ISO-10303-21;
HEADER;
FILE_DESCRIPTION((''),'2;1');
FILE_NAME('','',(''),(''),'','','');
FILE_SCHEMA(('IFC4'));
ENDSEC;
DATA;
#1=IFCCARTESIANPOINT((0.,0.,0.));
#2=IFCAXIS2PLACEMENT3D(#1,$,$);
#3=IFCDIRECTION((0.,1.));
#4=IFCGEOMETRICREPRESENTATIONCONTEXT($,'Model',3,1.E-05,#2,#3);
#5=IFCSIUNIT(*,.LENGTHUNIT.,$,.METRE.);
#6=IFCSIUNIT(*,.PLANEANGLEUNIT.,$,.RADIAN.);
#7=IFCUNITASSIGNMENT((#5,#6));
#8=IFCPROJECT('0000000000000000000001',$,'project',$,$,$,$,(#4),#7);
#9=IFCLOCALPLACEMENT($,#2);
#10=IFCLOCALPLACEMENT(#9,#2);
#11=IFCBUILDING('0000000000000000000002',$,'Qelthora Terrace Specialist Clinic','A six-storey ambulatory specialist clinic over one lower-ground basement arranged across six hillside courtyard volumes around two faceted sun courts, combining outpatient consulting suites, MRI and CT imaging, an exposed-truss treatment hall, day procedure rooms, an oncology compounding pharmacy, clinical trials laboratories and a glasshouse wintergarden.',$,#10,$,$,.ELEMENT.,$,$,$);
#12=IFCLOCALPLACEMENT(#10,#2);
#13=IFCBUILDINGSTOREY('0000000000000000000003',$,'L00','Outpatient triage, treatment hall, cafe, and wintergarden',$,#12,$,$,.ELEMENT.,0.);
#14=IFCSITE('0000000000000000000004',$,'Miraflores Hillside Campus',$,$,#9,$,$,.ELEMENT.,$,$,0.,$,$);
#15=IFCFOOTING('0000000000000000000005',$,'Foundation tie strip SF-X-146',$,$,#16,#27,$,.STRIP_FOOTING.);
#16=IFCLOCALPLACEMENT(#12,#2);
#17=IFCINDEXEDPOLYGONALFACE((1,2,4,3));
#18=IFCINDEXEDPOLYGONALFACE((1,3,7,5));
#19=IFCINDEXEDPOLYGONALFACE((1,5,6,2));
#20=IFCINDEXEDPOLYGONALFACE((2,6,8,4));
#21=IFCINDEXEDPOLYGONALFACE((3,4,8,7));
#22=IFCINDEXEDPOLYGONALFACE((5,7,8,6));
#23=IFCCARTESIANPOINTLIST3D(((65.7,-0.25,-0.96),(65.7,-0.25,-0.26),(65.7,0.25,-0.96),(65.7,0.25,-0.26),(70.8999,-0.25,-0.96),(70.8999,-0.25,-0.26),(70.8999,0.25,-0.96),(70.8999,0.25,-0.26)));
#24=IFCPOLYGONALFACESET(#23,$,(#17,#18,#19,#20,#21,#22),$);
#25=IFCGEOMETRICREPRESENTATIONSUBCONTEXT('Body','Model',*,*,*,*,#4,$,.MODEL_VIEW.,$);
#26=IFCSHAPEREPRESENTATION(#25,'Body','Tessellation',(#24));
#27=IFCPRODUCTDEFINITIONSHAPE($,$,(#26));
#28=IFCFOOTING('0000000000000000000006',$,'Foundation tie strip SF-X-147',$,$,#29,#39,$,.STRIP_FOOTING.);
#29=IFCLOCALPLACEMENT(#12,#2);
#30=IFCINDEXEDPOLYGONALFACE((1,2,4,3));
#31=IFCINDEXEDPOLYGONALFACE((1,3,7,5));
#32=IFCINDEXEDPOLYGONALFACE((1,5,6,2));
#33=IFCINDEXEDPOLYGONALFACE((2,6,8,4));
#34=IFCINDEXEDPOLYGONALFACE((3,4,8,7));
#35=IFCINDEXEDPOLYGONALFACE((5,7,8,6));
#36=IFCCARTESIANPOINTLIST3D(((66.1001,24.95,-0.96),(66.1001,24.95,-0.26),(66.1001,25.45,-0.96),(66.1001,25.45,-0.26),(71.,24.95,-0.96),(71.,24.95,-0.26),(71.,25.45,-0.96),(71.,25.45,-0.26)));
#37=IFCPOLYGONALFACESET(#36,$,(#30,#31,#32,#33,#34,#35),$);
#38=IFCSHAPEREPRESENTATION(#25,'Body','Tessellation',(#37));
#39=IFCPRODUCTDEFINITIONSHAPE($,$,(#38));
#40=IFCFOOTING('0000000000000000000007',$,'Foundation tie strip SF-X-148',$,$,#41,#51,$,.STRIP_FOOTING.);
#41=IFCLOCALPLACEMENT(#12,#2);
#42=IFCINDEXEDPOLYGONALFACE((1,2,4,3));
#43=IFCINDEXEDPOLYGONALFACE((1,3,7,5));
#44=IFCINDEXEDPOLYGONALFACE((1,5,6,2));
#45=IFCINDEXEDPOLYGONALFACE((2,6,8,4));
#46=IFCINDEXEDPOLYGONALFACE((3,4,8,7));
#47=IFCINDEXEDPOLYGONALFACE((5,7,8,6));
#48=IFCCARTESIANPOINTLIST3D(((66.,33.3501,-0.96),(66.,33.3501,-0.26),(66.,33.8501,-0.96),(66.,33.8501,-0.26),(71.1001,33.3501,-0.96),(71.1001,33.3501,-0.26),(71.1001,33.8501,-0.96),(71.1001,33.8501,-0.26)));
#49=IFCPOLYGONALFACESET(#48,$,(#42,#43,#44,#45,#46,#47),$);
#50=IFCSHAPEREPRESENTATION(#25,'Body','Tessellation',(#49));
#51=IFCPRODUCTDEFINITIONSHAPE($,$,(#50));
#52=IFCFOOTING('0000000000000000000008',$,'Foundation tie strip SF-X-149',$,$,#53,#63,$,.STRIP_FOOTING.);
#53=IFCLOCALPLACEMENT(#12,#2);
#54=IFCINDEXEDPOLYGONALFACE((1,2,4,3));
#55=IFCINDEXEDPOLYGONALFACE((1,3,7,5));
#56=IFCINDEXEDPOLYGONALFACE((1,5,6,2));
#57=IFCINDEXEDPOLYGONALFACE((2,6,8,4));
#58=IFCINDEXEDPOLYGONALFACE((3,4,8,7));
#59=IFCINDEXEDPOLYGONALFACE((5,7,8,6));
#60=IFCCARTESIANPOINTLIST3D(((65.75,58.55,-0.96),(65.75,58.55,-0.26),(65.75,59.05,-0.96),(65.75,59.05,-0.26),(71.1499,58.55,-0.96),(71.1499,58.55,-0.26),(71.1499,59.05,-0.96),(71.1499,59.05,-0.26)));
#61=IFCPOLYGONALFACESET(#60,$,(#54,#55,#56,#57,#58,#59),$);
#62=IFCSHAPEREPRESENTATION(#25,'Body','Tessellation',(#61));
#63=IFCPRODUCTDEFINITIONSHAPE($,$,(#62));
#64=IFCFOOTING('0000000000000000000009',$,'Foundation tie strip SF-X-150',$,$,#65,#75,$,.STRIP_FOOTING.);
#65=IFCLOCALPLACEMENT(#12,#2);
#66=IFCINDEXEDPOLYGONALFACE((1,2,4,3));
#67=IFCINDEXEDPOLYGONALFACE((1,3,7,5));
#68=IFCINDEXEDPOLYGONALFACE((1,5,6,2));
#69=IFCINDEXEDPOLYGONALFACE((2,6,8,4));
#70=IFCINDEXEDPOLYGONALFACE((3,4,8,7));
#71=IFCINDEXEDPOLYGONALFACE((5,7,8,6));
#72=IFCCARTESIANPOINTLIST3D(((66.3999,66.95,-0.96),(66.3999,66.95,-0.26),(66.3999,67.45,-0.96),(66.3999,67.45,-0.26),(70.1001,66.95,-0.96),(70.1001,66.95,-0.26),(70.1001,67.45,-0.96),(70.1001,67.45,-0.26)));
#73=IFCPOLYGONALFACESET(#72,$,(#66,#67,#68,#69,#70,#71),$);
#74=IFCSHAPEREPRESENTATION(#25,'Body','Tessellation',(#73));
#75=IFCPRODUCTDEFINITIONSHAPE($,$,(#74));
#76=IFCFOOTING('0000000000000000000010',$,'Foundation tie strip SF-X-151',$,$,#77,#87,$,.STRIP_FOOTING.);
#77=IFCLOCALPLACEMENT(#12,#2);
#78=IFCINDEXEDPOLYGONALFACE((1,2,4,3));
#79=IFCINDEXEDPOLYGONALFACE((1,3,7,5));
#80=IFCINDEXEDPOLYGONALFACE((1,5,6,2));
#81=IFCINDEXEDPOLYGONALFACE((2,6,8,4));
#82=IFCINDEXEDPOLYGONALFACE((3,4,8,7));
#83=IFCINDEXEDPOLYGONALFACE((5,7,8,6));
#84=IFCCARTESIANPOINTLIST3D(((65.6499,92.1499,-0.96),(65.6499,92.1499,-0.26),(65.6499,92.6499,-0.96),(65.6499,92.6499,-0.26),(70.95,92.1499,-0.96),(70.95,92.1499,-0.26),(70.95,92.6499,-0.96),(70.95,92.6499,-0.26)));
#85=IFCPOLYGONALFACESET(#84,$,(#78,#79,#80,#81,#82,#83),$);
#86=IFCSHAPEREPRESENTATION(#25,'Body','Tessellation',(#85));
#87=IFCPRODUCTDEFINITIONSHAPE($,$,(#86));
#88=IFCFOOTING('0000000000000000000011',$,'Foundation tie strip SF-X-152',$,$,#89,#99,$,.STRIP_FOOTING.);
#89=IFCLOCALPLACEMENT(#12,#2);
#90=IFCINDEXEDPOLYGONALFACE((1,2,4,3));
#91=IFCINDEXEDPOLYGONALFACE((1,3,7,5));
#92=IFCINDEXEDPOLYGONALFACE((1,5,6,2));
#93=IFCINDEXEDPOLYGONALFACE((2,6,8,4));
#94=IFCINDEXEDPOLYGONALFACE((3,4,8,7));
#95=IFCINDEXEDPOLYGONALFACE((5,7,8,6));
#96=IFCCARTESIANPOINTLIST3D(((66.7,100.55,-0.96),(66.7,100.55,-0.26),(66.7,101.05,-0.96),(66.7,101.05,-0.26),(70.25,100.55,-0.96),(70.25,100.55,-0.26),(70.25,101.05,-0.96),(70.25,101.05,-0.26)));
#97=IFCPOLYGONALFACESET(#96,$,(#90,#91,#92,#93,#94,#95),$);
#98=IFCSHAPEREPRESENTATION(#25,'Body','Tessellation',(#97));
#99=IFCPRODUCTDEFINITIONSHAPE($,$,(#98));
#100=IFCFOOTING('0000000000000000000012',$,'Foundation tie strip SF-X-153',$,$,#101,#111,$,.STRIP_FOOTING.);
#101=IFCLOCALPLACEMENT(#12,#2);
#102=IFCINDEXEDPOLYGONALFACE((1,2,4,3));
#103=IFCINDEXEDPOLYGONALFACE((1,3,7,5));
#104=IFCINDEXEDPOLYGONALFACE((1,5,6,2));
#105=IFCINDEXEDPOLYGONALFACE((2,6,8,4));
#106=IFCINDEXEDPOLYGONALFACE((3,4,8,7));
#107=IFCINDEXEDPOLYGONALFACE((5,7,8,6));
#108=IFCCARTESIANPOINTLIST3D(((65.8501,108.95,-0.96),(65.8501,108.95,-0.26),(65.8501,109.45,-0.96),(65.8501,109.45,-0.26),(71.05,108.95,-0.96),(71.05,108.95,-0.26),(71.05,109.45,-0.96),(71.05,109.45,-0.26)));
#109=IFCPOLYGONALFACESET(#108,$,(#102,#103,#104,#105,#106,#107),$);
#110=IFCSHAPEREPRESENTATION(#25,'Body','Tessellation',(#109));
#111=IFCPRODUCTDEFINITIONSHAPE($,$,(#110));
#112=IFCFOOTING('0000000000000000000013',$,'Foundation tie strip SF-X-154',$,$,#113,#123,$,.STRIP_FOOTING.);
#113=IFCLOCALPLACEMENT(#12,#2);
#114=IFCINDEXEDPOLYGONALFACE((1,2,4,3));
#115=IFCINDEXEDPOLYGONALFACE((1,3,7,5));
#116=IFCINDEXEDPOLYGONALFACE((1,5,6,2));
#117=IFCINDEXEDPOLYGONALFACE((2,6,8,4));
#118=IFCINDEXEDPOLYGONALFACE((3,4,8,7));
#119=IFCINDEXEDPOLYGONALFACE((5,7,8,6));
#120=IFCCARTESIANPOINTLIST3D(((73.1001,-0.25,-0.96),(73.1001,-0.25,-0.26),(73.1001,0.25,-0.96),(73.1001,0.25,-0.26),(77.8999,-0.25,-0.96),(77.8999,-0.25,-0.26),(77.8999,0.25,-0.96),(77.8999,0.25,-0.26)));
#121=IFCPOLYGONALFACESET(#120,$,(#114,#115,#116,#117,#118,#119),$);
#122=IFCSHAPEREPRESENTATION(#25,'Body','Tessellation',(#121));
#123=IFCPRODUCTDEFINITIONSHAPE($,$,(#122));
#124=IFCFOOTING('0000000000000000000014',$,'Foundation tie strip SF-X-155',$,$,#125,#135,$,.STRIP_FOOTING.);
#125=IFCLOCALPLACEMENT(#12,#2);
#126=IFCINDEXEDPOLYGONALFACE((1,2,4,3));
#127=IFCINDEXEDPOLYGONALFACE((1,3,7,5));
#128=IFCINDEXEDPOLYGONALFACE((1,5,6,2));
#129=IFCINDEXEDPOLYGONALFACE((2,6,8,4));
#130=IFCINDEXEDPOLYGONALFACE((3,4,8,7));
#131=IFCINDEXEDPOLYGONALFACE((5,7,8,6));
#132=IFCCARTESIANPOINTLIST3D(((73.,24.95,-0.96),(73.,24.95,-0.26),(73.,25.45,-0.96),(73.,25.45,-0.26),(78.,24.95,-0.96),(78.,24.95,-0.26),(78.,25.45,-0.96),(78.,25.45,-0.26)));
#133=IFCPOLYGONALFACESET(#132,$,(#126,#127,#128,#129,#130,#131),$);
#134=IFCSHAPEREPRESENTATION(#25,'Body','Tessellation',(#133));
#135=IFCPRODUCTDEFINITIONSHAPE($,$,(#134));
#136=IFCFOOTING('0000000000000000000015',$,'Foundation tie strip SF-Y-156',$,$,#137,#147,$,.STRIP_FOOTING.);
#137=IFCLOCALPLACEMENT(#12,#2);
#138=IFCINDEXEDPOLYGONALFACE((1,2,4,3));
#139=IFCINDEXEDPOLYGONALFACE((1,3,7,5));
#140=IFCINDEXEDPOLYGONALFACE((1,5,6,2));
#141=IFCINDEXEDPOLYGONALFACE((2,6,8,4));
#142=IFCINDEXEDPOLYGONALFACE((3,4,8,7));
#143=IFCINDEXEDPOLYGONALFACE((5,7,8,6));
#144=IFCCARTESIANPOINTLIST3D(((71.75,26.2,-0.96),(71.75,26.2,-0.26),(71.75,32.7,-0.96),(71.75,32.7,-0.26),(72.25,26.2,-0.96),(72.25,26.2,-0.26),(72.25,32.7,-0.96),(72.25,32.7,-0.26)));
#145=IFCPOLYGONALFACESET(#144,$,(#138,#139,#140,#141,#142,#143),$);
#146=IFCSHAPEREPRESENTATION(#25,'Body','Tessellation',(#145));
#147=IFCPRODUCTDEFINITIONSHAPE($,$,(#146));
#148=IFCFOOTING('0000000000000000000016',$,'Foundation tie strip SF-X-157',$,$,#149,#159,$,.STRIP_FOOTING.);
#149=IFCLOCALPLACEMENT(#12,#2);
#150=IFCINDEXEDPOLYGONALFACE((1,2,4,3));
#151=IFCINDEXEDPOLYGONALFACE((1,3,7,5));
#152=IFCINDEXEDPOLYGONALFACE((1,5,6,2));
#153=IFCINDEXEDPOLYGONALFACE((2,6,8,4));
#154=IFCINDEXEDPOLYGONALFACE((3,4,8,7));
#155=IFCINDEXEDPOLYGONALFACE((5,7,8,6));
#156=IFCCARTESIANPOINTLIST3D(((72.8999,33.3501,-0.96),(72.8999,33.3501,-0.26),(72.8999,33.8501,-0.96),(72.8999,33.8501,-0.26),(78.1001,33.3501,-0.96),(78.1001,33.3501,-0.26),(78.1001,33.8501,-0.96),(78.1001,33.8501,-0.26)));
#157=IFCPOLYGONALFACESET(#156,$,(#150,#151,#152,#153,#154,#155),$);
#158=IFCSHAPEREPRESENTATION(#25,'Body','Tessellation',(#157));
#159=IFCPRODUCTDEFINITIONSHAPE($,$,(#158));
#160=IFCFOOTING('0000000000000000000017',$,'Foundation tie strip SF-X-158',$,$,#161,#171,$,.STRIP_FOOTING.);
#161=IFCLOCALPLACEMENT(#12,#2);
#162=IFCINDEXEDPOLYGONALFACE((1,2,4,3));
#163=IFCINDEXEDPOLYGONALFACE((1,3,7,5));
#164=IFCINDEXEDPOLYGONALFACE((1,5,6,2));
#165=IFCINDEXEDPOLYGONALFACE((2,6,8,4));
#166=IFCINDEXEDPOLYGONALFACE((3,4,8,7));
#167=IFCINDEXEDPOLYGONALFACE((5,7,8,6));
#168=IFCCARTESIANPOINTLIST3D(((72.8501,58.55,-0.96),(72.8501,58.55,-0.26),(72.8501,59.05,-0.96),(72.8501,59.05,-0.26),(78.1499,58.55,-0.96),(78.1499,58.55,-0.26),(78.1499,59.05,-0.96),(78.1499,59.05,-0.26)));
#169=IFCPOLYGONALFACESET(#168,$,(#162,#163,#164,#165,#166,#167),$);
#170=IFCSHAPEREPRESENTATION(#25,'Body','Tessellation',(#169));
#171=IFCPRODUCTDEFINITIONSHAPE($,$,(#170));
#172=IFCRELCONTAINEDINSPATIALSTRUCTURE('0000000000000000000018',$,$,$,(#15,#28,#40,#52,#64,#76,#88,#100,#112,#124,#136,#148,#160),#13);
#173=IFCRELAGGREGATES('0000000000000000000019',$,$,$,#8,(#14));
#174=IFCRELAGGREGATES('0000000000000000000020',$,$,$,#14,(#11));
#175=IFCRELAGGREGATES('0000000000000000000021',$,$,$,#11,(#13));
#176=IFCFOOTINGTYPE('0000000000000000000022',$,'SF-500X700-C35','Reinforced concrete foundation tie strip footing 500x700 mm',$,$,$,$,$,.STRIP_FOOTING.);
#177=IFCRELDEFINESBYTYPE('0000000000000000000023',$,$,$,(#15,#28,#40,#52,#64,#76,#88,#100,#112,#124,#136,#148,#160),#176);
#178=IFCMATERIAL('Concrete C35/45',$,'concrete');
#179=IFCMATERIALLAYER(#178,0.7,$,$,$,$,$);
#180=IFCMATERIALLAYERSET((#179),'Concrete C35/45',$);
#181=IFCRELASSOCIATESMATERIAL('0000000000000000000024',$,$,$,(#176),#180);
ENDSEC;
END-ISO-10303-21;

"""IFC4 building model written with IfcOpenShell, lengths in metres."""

from ifc_helpers import new_model, si_unit, direction, frame, origin, place, context, subcontext, project, spatial, polyline, outline, extrude, material, layer, layer_set, type_object, element, save


model = new_model("IFC4")

# Units and contexts
model_context = context("Model", 3, precision=1e-05, world=origin(), true_north=direction((0.0, 1.0)))
body_context = subcontext(model_context, "Body", "Model", "MODEL_VIEW")
ifc_project = project(units=[si_unit("LENGTHUNIT", "METRE"), si_unit("PLANEANGLEUNIT", "RADIAN")], contexts=[model_context])

# Site, building, storey
site_placement = place(None, origin())
site = spatial("IfcSite", under=ifc_project, at=site_placement, Name="Miraflores Hillside Campus", CompositionType="ELEMENT", RefElevation=0.0)
building_placement = place(site_placement, origin())
building = spatial("IfcBuilding", under=site, at=building_placement, Name="Qelthora Terrace Specialist Clinic", Description="A six-storey ambulatory specialist clinic over one lower-ground basement arranged across six hillside courtyard volumes around two faceted sun courts, combining outpatient consulting suites, MRI and CT imaging, an exposed-truss treatment hall, day procedure rooms, an oncology compounding pharmacy, clinical trials laboratories and a glasshouse wintergarden.", CompositionType="ELEMENT")
storey_placement = place(building_placement, origin())
storey = spatial("IfcBuildingStorey", under=building, at=storey_placement, Name="L00", Description="Outpatient triage, treatment hall, cafe, and wintergarden", CompositionType="ELEMENT", Elevation=0.0)

# Footings
ifc_material = material(Name="Concrete C35/45", Category="concrete")
ifc_layer = layer(ifc_material, 0.7)
ifc_layer_set = layer_set([ifc_layer], Name="Concrete C35/45")
footing_type = type_object("IfcFootingType", Name="SF-500X700-C35", Description="Reinforced concrete foundation tie strip footing 500x700 mm", PredefinedType="STRIP_FOOTING", material=ifc_layer_set)
footing_1_placement = place(storey_placement, frame((0.0, 0.0, -0.96)))
element("IfcFooting", 1, at=footing_1_placement, inside=storey, type_object=footing_type, Name="Foundation tie strip SF-X-146", PredefinedType="STRIP_FOOTING", context=body_context, shape_type="SweptSolid", body=[
    extrude(outline(polyline([(65.7, -0.25), (70.8999, -0.25), (70.8999, 0.25), (65.7, 0.25), (65.7, -0.25)])), origin(), (0.0, 0.0, 1.0), 0.7),
])
footing_2_placement = place(storey_placement, frame((0.0, 0.0, -0.96)))
element("IfcFooting", 2, at=footing_2_placement, inside=storey, type_object=footing_type, Name="Foundation tie strip SF-X-147", PredefinedType="STRIP_FOOTING", context=body_context, shape_type="SweptSolid", body=[
    extrude(outline(polyline([(66.1001, 24.95), (71.0, 24.95), (71.0, 25.45), (66.1001, 25.45), (66.1001, 24.95)])), origin(), (0.0, 0.0, 1.0), 0.7),
])
footing_3_placement = place(storey_placement, frame((0.0, 0.0, -0.96)))
element("IfcFooting", 3, at=footing_3_placement, inside=storey, type_object=footing_type, Name="Foundation tie strip SF-X-148", PredefinedType="STRIP_FOOTING", context=body_context, shape_type="SweptSolid", body=[
    extrude(outline(polyline([(66.0, 33.3501), (71.1001, 33.3501), (71.1001, 33.8501), (66.0, 33.8501), (66.0, 33.3501)])), origin(), (0.0, 0.0, 1.0), 0.7),
])
footing_4_placement = place(storey_placement, frame((0.0, 0.0, -0.96)))
element("IfcFooting", 4, at=footing_4_placement, inside=storey, type_object=footing_type, Name="Foundation tie strip SF-X-149", PredefinedType="STRIP_FOOTING", context=body_context, shape_type="SweptSolid", body=[
    extrude(outline(polyline([(65.75, 58.55), (71.1499, 58.55), (71.1499, 59.05), (65.75, 59.05), (65.75, 58.55)])), origin(), (0.0, 0.0, 1.0), 0.7),
])
footing_5_placement = place(storey_placement, frame((0.0, 0.0, -0.96)))
element("IfcFooting", 5, at=footing_5_placement, inside=storey, type_object=footing_type, Name="Foundation tie strip SF-X-150", PredefinedType="STRIP_FOOTING", context=body_context, shape_type="SweptSolid", body=[
    extrude(outline(polyline([(66.3999, 66.95), (70.1001, 66.95), (70.1001, 67.45), (66.3999, 67.45), (66.3999, 66.95)])), origin(), (0.0, 0.0, 1.0), 0.7),
])
footing_6_placement = place(storey_placement, frame((0.0, 0.0, -0.96)))
element("IfcFooting", 6, at=footing_6_placement, inside=storey, type_object=footing_type, Name="Foundation tie strip SF-X-151", PredefinedType="STRIP_FOOTING", context=body_context, shape_type="SweptSolid", body=[
    extrude(outline(polyline([(65.6499, 92.1499), (70.95, 92.1499), (70.95, 92.6499), (65.6499, 92.6499), (65.6499, 92.1499)])), origin(), (0.0, 0.0, 1.0), 0.7),
])
footing_7_placement = place(storey_placement, frame((0.0, 0.0, -0.96)))
element("IfcFooting", 7, at=footing_7_placement, inside=storey, type_object=footing_type, Name="Foundation tie strip SF-X-152", PredefinedType="STRIP_FOOTING", context=body_context, shape_type="SweptSolid", body=[
    extrude(outline(polyline([(66.7, 100.55), (70.25, 100.55), (70.25, 101.05), (66.7, 101.05), (66.7, 100.55)])), origin(), (0.0, 0.0, 1.0), 0.7),
])
footing_8_placement = place(storey_placement, frame((0.0, 0.0, -0.96)))
element("IfcFooting", 8, at=footing_8_placement, inside=storey, type_object=footing_type, Name="Foundation tie strip SF-X-153", PredefinedType="STRIP_FOOTING", context=body_context, shape_type="SweptSolid", body=[
    extrude(outline(polyline([(65.8501, 108.95), (71.05, 108.95), (71.05, 109.45), (65.8501, 109.45), (65.8501, 108.95)])), origin(), (0.0, 0.0, 1.0), 0.7),
])
footing_9_placement = place(storey_placement, frame((0.0, 0.0, -0.96)))
element("IfcFooting", 9, at=footing_9_placement, inside=storey, type_object=footing_type, Name="Foundation tie strip SF-X-154", PredefinedType="STRIP_FOOTING", context=body_context, shape_type="SweptSolid", body=[
    extrude(outline(polyline([(73.1001, -0.25), (77.8999, -0.25), (77.8999, 0.25), (73.1001, 0.25), (73.1001, -0.25)])), origin(), (0.0, 0.0, 1.0), 0.7),
])
footing_10_placement = place(storey_placement, frame((0.0, 0.0, -0.96)))
element("IfcFooting", 10, at=footing_10_placement, inside=storey, type_object=footing_type, Name="Foundation tie strip SF-X-155", PredefinedType="STRIP_FOOTING", context=body_context, shape_type="SweptSolid", body=[
    extrude(outline(polyline([(73.0, 24.95), (78.0, 24.95), (78.0, 25.45), (73.0, 25.45), (73.0, 24.95)])), origin(), (0.0, 0.0, 1.0), 0.7),
])
footing_11_placement = place(storey_placement, frame((0.0, 0.0, -0.96)))
element("IfcFooting", 11, at=footing_11_placement, inside=storey, type_object=footing_type, Name="Foundation tie strip SF-Y-156", PredefinedType="STRIP_FOOTING", context=body_context, shape_type="SweptSolid", body=[
    extrude(outline(polyline([(71.75, 26.2), (72.25, 26.2), (72.25, 32.7), (71.75, 32.7), (71.75, 26.2)])), origin(), (0.0, 0.0, 1.0), 0.7),
])
footing_12_placement = place(storey_placement, frame((0.0, 0.0, -0.96)))
element("IfcFooting", 12, at=footing_12_placement, inside=storey, type_object=footing_type, Name="Foundation tie strip SF-X-157", PredefinedType="STRIP_FOOTING", context=body_context, shape_type="SweptSolid", body=[
    extrude(outline(polyline([(72.8999, 33.3501), (78.1001, 33.3501), (78.1001, 33.8501), (72.8999, 33.8501), (72.8999, 33.3501)])), origin(), (0.0, 0.0, 1.0), 0.7),
])
footing_13_placement = place(storey_placement, frame((0.0, 0.0, -0.96)))
element("IfcFooting", 13, at=footing_13_placement, inside=storey, type_object=footing_type, Name="Foundation tie strip SF-X-158", PredefinedType="STRIP_FOOTING", context=body_context, shape_type="SweptSolid", body=[
    extrude(outline(polyline([(72.8501, 58.55), (78.1499, 58.55), (78.1499, 59.05), (72.8501, 59.05), (72.8501, 58.55)])), origin(), (0.0, 0.0, 1.0), 0.7),
])

save(model, "model.ifc")
